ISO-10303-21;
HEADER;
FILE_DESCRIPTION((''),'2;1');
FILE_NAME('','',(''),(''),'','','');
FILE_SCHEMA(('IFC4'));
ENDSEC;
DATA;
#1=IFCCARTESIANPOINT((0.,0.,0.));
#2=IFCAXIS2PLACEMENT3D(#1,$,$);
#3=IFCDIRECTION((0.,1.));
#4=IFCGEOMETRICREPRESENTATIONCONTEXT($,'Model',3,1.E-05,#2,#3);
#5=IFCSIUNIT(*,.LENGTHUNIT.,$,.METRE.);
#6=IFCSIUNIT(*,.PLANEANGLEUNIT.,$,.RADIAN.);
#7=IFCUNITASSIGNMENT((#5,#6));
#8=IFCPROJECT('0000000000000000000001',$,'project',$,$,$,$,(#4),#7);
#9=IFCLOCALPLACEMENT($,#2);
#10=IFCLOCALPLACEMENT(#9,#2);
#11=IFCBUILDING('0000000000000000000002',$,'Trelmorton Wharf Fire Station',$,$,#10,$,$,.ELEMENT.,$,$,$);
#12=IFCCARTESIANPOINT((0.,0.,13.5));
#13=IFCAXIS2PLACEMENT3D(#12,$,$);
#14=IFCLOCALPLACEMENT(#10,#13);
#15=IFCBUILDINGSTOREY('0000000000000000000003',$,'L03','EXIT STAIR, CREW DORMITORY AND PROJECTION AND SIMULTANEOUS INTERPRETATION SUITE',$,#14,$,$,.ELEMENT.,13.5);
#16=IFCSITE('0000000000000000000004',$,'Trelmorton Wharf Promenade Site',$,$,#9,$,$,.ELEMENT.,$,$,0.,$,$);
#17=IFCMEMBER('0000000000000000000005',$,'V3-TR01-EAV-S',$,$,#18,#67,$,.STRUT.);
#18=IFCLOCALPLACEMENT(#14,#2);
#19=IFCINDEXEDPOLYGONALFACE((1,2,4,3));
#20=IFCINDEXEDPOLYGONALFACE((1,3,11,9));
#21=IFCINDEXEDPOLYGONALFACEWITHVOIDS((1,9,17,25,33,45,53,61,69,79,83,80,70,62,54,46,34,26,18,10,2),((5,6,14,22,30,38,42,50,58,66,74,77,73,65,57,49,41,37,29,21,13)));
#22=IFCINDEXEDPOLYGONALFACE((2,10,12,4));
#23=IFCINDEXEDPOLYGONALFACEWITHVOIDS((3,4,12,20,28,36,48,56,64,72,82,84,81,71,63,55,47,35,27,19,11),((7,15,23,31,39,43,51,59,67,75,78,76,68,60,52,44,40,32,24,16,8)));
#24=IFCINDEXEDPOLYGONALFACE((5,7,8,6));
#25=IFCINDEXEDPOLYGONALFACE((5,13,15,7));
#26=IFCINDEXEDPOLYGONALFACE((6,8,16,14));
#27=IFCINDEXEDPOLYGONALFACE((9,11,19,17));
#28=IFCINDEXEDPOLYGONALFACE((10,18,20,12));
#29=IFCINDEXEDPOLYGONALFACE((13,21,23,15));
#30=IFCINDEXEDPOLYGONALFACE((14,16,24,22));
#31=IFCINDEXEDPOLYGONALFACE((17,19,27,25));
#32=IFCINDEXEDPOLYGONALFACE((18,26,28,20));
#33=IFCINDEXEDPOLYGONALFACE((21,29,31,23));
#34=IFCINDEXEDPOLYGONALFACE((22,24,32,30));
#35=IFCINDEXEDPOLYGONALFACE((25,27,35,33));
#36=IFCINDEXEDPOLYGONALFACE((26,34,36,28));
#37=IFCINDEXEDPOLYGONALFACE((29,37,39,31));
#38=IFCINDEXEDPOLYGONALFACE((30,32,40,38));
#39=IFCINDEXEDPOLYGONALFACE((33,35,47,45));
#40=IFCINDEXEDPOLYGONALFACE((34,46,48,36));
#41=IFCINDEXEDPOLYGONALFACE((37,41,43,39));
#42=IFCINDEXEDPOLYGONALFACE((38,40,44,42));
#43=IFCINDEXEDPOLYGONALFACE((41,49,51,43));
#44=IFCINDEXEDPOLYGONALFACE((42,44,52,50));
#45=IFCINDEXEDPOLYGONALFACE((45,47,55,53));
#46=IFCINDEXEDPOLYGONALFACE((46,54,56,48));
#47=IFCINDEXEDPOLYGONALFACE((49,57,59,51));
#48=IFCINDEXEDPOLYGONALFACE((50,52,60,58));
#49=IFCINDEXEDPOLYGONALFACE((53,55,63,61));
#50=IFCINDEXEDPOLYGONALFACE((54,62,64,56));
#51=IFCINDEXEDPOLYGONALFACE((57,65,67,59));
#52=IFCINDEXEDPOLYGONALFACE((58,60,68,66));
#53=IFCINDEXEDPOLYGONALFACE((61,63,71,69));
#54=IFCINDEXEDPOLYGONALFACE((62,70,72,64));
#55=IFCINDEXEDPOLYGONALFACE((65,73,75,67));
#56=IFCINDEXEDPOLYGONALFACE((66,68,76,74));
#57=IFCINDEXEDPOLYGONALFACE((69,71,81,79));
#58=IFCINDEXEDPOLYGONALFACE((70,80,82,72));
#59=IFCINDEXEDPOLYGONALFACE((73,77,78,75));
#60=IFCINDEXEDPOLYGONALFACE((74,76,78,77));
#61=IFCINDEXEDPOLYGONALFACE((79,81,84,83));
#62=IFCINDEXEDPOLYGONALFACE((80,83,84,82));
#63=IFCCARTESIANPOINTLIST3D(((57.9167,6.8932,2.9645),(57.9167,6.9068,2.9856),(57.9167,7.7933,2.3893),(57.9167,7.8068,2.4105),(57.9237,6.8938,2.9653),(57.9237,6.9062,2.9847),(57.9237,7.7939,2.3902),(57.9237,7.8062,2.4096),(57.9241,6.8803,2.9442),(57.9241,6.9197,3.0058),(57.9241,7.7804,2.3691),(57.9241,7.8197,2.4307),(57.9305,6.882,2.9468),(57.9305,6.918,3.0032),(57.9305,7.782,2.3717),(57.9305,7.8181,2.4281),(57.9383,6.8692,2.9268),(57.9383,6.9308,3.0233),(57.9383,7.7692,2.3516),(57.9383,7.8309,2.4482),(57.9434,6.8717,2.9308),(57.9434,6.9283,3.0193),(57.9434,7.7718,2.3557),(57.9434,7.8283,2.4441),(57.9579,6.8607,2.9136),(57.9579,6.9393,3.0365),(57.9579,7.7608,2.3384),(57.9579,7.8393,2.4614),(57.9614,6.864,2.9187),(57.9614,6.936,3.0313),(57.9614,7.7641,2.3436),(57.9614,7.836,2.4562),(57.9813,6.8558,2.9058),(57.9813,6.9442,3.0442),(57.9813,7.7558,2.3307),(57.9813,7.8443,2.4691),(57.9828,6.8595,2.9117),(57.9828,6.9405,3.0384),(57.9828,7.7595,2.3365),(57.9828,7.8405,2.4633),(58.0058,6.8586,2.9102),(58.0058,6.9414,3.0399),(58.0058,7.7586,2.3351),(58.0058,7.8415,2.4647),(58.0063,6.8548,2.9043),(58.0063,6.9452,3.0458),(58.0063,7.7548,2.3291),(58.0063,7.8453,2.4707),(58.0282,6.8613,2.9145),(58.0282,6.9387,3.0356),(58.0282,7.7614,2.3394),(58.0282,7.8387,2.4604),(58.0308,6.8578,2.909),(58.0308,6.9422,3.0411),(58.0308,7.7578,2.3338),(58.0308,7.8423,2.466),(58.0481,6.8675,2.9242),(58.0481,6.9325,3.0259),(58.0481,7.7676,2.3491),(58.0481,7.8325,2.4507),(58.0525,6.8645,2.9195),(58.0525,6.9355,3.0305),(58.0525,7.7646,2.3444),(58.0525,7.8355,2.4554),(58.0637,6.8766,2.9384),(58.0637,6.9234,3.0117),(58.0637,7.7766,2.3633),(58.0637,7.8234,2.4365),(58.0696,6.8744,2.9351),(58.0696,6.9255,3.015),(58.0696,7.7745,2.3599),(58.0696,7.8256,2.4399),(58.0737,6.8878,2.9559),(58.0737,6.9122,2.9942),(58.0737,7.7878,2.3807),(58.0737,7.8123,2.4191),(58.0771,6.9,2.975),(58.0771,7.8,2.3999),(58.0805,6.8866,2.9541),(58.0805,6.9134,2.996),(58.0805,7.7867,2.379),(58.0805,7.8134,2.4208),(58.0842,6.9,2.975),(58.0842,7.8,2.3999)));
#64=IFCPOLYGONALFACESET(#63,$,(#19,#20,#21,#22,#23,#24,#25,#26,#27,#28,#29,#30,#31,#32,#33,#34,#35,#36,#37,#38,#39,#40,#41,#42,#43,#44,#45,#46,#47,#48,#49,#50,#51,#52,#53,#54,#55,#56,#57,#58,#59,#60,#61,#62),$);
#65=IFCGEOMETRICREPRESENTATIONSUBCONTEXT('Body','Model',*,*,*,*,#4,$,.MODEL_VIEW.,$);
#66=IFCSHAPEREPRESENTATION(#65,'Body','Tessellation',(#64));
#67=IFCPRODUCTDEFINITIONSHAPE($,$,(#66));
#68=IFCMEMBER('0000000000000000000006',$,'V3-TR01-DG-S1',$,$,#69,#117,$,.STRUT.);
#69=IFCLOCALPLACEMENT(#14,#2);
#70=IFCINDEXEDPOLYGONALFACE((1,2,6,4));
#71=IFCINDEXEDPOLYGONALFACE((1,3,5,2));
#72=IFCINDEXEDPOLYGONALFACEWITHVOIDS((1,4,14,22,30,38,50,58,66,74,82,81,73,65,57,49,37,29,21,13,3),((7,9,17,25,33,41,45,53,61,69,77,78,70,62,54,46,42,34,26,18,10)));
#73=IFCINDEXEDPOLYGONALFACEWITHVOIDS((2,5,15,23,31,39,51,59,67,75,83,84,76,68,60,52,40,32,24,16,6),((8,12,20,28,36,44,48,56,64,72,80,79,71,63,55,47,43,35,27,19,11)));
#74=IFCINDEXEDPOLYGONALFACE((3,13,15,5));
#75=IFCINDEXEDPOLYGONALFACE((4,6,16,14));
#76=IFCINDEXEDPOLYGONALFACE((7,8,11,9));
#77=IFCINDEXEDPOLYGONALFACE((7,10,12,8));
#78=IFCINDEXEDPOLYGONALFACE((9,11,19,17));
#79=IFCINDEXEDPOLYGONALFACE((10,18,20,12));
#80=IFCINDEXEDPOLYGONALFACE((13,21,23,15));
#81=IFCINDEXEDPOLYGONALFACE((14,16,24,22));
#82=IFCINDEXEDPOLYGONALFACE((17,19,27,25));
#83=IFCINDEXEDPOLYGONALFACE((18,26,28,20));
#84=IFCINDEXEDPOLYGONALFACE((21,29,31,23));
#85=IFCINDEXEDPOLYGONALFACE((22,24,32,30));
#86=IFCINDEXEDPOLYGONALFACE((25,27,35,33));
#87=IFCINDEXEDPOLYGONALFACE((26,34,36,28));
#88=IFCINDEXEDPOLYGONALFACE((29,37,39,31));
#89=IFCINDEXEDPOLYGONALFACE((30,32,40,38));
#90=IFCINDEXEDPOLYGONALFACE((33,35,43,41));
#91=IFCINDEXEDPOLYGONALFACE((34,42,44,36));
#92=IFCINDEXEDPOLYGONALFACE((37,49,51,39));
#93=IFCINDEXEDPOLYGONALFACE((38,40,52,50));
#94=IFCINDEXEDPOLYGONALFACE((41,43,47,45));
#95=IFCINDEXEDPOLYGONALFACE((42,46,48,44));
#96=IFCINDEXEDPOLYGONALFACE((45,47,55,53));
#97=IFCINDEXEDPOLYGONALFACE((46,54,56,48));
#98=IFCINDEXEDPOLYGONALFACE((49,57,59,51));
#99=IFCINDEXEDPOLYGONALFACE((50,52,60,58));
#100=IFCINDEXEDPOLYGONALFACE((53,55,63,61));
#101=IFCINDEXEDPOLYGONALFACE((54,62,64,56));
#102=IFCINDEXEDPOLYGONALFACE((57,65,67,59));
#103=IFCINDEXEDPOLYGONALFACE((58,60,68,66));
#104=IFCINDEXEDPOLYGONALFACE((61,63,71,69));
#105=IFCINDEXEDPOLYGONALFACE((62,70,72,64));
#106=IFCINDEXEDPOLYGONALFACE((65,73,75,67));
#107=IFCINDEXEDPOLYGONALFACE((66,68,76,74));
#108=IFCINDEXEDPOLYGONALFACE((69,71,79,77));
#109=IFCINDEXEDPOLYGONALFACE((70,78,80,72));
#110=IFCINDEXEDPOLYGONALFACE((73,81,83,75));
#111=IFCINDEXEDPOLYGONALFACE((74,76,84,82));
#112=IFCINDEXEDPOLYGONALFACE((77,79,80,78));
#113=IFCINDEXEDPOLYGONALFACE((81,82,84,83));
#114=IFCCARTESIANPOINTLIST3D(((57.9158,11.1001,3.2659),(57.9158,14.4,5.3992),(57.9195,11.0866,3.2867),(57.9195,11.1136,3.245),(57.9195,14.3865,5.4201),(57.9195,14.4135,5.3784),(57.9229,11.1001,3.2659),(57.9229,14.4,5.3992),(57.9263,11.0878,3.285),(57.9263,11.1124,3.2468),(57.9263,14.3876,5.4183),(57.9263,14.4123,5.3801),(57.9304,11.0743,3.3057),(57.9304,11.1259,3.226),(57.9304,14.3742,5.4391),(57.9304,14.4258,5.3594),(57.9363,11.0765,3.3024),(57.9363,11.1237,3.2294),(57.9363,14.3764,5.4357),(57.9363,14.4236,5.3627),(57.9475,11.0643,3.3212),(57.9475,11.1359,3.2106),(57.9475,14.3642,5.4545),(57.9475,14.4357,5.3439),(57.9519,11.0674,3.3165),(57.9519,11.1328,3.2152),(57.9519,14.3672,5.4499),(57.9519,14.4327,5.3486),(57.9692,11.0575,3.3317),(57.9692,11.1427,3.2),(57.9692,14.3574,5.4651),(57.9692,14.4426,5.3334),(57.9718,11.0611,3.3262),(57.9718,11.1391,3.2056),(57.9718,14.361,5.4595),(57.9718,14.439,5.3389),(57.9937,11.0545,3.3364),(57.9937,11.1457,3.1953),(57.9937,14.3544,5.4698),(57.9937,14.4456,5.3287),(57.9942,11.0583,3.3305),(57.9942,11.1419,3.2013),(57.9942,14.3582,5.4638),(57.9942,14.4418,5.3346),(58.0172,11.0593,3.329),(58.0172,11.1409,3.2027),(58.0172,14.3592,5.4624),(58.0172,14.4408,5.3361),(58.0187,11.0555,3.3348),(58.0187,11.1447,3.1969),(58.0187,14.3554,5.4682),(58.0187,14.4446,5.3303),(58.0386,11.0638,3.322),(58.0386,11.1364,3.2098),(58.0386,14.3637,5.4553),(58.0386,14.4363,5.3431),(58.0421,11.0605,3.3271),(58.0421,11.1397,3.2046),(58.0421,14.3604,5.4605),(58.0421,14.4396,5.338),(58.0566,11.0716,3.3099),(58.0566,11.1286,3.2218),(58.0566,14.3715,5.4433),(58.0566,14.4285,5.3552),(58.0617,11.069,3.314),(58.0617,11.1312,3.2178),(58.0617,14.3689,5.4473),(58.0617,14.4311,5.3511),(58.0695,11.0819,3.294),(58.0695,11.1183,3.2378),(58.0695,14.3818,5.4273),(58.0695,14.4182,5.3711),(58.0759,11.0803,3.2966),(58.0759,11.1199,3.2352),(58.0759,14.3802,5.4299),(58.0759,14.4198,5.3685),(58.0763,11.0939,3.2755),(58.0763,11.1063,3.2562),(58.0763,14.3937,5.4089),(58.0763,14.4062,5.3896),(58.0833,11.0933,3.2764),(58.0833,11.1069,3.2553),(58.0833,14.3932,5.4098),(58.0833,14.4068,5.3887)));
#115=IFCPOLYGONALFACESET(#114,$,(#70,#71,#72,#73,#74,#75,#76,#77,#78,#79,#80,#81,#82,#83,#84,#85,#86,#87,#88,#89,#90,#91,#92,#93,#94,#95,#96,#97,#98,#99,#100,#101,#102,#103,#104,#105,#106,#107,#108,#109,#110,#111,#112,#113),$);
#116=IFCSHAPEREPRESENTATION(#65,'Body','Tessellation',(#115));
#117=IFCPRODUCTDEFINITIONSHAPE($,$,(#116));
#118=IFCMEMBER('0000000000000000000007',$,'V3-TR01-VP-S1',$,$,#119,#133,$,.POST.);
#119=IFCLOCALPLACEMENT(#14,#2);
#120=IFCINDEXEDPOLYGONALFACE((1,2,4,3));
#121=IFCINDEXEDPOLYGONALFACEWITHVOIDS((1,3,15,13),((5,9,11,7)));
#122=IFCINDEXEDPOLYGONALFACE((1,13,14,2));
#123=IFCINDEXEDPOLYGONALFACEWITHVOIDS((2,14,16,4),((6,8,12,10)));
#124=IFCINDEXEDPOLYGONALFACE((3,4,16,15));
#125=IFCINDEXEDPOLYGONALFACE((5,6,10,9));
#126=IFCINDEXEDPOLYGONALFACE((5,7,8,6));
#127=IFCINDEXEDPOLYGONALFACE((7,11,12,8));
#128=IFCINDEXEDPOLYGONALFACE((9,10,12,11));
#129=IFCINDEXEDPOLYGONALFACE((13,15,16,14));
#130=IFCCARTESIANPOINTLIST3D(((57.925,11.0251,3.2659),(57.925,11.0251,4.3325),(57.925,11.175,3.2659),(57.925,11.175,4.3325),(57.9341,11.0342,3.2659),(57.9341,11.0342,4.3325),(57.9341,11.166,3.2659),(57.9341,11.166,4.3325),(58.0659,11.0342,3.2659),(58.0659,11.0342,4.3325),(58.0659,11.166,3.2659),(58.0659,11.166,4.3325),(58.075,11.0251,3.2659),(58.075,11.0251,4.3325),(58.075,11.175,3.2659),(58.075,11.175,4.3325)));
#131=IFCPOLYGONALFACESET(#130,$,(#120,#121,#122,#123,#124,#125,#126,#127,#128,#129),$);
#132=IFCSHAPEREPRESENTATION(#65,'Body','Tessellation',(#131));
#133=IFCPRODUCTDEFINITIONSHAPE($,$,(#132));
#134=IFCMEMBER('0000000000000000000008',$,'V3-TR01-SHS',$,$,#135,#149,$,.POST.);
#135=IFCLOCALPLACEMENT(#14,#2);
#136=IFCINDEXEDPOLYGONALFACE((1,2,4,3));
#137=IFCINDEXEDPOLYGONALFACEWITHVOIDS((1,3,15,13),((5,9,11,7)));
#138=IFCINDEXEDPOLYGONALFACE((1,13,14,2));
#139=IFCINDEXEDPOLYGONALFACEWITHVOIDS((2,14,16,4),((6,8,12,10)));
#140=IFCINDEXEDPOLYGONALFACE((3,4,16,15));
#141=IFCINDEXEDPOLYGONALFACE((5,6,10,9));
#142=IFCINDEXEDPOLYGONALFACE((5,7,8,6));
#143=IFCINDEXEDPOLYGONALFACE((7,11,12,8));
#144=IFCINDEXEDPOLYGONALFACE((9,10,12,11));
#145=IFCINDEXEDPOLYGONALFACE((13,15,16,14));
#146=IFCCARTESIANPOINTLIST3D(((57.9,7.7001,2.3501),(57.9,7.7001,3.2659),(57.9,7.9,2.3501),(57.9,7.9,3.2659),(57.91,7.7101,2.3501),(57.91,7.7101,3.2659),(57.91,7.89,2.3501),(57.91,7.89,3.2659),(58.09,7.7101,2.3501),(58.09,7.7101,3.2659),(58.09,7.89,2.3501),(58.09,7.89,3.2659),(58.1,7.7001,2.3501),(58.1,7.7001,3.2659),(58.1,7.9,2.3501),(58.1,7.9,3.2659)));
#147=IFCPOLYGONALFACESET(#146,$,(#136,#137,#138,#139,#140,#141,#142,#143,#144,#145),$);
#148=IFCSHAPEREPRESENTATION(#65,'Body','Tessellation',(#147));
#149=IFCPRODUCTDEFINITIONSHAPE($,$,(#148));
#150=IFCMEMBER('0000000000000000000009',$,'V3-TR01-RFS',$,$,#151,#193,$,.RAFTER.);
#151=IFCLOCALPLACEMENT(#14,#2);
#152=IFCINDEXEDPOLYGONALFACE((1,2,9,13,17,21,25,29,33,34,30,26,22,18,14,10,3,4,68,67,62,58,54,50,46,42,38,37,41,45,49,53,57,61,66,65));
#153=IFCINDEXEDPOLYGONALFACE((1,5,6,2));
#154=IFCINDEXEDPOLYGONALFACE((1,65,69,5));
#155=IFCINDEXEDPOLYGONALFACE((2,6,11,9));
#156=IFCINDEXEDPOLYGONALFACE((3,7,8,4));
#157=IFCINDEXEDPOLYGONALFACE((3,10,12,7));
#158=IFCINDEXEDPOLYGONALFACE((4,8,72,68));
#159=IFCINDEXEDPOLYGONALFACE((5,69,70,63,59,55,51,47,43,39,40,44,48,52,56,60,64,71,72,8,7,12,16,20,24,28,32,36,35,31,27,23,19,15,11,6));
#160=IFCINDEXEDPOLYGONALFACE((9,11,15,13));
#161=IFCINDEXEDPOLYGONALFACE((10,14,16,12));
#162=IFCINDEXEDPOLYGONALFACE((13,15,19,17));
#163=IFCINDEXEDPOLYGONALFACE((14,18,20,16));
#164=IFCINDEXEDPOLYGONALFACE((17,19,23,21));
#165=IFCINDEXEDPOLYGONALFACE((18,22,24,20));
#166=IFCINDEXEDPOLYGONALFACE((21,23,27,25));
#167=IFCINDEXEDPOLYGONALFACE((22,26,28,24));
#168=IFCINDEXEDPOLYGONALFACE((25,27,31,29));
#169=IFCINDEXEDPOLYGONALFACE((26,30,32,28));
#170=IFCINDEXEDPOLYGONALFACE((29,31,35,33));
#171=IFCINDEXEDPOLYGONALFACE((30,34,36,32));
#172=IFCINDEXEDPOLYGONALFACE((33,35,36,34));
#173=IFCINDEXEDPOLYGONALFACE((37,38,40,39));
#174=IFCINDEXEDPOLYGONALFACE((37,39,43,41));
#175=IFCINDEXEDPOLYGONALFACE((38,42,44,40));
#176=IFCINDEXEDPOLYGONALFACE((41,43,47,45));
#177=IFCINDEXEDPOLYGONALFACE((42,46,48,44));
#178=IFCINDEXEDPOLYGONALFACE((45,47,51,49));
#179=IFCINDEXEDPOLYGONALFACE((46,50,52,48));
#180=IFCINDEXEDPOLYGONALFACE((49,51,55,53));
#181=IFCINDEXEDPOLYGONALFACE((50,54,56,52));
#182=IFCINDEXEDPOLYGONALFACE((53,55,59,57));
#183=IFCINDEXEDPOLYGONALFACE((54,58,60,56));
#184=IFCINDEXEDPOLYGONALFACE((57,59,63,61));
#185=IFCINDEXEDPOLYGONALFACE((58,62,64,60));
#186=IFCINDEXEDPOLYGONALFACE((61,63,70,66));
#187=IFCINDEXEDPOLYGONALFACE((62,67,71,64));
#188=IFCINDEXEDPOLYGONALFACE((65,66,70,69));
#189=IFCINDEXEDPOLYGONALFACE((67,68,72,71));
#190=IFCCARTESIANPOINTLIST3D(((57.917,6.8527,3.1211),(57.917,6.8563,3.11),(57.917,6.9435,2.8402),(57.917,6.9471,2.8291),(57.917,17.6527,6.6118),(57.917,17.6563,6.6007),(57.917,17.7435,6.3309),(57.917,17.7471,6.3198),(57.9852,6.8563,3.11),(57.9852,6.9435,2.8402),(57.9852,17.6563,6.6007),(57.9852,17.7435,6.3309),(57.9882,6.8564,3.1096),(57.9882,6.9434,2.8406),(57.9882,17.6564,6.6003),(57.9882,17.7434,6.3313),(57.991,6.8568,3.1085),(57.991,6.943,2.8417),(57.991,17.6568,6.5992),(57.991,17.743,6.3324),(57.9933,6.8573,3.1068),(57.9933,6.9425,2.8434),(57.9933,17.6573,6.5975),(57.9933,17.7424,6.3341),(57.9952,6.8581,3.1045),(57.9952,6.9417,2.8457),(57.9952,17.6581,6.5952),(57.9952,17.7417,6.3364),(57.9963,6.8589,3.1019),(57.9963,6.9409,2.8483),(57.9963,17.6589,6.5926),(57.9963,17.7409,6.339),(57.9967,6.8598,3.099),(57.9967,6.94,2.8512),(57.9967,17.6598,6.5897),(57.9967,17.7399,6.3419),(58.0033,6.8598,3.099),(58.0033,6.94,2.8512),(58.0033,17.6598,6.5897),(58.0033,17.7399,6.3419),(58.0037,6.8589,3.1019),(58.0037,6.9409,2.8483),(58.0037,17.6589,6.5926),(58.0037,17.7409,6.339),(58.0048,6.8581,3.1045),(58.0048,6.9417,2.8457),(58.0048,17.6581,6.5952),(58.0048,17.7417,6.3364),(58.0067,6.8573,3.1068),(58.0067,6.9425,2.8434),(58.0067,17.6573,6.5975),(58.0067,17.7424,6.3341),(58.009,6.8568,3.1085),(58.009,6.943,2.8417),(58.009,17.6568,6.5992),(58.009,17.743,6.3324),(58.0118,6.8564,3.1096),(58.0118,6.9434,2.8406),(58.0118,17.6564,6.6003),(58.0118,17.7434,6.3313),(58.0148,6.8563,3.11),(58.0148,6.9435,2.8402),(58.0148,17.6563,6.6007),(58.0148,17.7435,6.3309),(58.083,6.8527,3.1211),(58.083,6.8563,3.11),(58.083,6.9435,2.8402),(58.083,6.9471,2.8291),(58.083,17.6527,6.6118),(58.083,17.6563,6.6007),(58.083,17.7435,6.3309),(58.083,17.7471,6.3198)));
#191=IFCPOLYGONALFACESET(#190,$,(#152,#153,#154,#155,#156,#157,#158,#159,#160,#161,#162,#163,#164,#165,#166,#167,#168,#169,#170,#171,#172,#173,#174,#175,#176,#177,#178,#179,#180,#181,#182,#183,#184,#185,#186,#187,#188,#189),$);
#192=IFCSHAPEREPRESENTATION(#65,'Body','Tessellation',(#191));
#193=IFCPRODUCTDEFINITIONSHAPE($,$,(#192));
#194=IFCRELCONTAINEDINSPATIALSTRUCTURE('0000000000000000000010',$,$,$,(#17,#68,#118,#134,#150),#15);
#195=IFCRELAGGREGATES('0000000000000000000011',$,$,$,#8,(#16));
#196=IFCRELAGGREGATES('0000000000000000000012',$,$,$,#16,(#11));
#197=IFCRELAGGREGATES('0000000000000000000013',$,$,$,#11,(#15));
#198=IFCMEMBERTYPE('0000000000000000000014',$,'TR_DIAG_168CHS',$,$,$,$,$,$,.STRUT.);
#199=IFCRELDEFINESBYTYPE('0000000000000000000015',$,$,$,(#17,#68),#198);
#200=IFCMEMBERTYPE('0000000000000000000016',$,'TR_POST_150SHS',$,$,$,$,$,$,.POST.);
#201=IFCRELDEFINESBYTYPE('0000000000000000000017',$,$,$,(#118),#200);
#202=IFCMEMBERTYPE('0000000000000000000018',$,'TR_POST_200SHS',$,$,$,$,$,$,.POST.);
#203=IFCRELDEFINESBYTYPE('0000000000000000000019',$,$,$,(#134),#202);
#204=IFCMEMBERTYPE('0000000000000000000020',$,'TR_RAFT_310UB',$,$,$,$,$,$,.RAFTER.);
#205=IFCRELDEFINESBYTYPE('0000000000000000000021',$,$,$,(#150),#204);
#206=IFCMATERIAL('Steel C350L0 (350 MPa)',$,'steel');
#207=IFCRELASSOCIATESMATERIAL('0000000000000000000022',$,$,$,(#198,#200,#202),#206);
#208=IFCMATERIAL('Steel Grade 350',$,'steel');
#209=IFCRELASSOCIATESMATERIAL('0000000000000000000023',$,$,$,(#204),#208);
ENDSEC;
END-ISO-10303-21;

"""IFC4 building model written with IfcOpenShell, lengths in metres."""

from ifc_helpers import new_model, si_unit, direction, frame, origin, origin_2d, place, context, subcontext, project, spatial, hollow_rectangle, hollow_circle, i_section, extrude, material, material_profile, profile_set, type_object, element, save


model = new_model("IFC4")

# Units and contexts
model_context = context("Model", 3, precision=1e-05, world=origin(), true_north=direction((0.0, 1.0)))
body_context = subcontext(model_context, "Body", "Model", "MODEL_VIEW")
ifc_project = project(units=[si_unit("LENGTHUNIT", "METRE"), si_unit("PLANEANGLEUNIT", "RADIAN")], contexts=[model_context])

# Site, building, storey
site_placement = place(None, origin())
site = spatial("IfcSite", under=ifc_project, at=site_placement, Name="Trelmorton Wharf Promenade Site", CompositionType="ELEMENT", RefElevation=0.0)
building_placement = place(site_placement, origin())
building = spatial("IfcBuilding", under=site, at=building_placement, Name="Trelmorton Wharf Fire Station", CompositionType="ELEMENT")
storey_placement = place(building_placement, frame((0.0, 0.0, 13.5)))
storey = spatial("IfcBuildingStorey", under=building, at=storey_placement, Name="L03", Description="EXIT STAIR, CREW DORMITORY AND PROJECTION AND SIMULTANEOUS INTERPRETATION SUITE", CompositionType="ELEMENT", Elevation=13.5)

# Shared definitions
ifc_material_1 = material(Name="Steel Grade 350", Category="steel")

# Members
ifc_material_2 = material(Name="Steel C350L0 (350 MPa)", Category="steel")
ifc_material_profile_1 = material_profile(ifc_material_2, hollow_circle(Radius=0.0842, WallThickness=0.0071, at=origin_2d()), Name="168.3x7.1CHS")
ifc_profile_set_1 = profile_set([ifc_material_profile_1], Name="Steel C350L0 (350 MPa)")
member_type_1 = type_object("IfcMemberType", Name="TR_DIAG_168CHS", PredefinedType="STRUT", material=ifc_profile_set_1)
member_1_placement = place(storey_placement, frame((58.0, 7.8, 2.3999), z_axis=(0.0, -0.842653, 0.538457), x_axis=(1.0, 0.0, 0.0)))
element("IfcMember", 1, at=member_1_placement, inside=storey, type_object=member_type_1, Name="V3-TR01-EAV-S", PredefinedType="STRUT", context=body_context, shape_type="SweptSolid", body=[
    extrude(hollow_circle(Radius=0.0842, WallThickness=0.0071, at=origin_2d()), origin(), (0.0, 0.0, 1.0), 1.0681),
])
member_2_placement = place(storey_placement, frame((58.0, 11.1001, 3.2659), z_axis=(0.0, 0.839787, 0.542916), x_axis=(-1.0, 0.0, 0.0)))
element("IfcMember", 2, at=member_2_placement, inside=storey, type_object=member_type_1, Name="V3-TR01-DG-S1", PredefinedType="STRUT", context=body_context, shape_type="SweptSolid", body=[
    extrude(hollow_circle(Radius=0.0842, WallThickness=0.0071, at=origin_2d()), origin(), (0.0, 0.0, 1.0), 3.9294),
])
ifc_material_profile_2 = material_profile(ifc_material_2, hollow_rectangle(XDim=0.1499, YDim=0.1499, WallThickness=0.009, at=origin_2d()), Name="150x150x9.0SHS")
ifc_profile_set_2 = profile_set([ifc_material_profile_2], Name="Steel C350L0 (350 MPa)")
member_type_2 = type_object("IfcMemberType", Name="TR_POST_150SHS", PredefinedType="POST", material=ifc_profile_set_2)
member_3_placement = place(storey_placement, frame((58.0, 11.1001, 3.2659), z_axis=(0.0, 0.0, 1.0), x_axis=(1.0, 0.0, 0.0)))
element("IfcMember", 3, at=member_3_placement, inside=storey, type_object=member_type_2, Name="V3-TR01-VP-S1", PredefinedType="POST", context=body_context, shape_type="SweptSolid", body=[
    extrude(hollow_rectangle(XDim=0.1499, YDim=0.1499, WallThickness=0.009, at=origin_2d()), origin(), (0.0, 0.0, 1.0), 1.0667),
])
ifc_material_profile_3 = material_profile(ifc_material_2, hollow_rectangle(XDim=0.2, YDim=0.2, WallThickness=0.01, at=origin_2d()), Name="200x200x10.0SHS")
ifc_profile_set_3 = profile_set([ifc_material_profile_3], Name="Steel C350L0 (350 MPa)")
member_type_3 = type_object("IfcMemberType", Name="TR_POST_200SHS", PredefinedType="POST", material=ifc_profile_set_3)
member_4_placement = place(storey_placement, frame((58.0, 7.8, 2.3501), z_axis=(0.0, 0.0, 1.0), x_axis=(1.0, 0.0, 0.0)))
element("IfcMember", 4, at=member_4_placement, inside=storey, type_object=member_type_3, Name="V3-TR01-SHS", PredefinedType="POST", context=body_context, shape_type="SweptSolid", body=[
    extrude(hollow_rectangle(XDim=0.2, YDim=0.2, WallThickness=0.01, at=origin_2d()), origin(), (0.0, 0.0, 1.0), 0.9158),
])
ifc_material_profile_4 = material_profile(ifc_material_1, i_section(OverallWidth=0.166, OverallDepth=0.3069, WebThickness=0.0066, FlangeThickness=0.0117, FilletRadius=0.0115, at=origin_2d()), Name="310UB46.2")
ifc_profile_set_4 = profile_set([ifc_material_profile_4], Name="Steel Grade 350")
member_type_4 = type_object("IfcMemberType", Name="TR_RAFT_310UB", PredefinedType="RAFTER", material=ifc_profile_set_4)
member_5_placement = place(storey_placement, frame((58.0, 6.8999, 2.9751), z_axis=(0.0, 0.951532, 0.307548), x_axis=(-1.0, 0.0, 0.0)))
element("IfcMember", 5, at=member_5_placement, inside=storey, type_object=member_type_4, Name="V3-TR01-RFS", PredefinedType="RAFTER", context=body_context, shape_type="SweptSolid", body=[
    extrude(i_section(OverallWidth=0.166, OverallDepth=0.3069, WebThickness=0.0066, FlangeThickness=0.0117, FilletRadius=0.0115, at=origin_2d()), origin(), (0.0, 0.0, 1.0), 11.3501),
])

save(model, "model.ifc")
